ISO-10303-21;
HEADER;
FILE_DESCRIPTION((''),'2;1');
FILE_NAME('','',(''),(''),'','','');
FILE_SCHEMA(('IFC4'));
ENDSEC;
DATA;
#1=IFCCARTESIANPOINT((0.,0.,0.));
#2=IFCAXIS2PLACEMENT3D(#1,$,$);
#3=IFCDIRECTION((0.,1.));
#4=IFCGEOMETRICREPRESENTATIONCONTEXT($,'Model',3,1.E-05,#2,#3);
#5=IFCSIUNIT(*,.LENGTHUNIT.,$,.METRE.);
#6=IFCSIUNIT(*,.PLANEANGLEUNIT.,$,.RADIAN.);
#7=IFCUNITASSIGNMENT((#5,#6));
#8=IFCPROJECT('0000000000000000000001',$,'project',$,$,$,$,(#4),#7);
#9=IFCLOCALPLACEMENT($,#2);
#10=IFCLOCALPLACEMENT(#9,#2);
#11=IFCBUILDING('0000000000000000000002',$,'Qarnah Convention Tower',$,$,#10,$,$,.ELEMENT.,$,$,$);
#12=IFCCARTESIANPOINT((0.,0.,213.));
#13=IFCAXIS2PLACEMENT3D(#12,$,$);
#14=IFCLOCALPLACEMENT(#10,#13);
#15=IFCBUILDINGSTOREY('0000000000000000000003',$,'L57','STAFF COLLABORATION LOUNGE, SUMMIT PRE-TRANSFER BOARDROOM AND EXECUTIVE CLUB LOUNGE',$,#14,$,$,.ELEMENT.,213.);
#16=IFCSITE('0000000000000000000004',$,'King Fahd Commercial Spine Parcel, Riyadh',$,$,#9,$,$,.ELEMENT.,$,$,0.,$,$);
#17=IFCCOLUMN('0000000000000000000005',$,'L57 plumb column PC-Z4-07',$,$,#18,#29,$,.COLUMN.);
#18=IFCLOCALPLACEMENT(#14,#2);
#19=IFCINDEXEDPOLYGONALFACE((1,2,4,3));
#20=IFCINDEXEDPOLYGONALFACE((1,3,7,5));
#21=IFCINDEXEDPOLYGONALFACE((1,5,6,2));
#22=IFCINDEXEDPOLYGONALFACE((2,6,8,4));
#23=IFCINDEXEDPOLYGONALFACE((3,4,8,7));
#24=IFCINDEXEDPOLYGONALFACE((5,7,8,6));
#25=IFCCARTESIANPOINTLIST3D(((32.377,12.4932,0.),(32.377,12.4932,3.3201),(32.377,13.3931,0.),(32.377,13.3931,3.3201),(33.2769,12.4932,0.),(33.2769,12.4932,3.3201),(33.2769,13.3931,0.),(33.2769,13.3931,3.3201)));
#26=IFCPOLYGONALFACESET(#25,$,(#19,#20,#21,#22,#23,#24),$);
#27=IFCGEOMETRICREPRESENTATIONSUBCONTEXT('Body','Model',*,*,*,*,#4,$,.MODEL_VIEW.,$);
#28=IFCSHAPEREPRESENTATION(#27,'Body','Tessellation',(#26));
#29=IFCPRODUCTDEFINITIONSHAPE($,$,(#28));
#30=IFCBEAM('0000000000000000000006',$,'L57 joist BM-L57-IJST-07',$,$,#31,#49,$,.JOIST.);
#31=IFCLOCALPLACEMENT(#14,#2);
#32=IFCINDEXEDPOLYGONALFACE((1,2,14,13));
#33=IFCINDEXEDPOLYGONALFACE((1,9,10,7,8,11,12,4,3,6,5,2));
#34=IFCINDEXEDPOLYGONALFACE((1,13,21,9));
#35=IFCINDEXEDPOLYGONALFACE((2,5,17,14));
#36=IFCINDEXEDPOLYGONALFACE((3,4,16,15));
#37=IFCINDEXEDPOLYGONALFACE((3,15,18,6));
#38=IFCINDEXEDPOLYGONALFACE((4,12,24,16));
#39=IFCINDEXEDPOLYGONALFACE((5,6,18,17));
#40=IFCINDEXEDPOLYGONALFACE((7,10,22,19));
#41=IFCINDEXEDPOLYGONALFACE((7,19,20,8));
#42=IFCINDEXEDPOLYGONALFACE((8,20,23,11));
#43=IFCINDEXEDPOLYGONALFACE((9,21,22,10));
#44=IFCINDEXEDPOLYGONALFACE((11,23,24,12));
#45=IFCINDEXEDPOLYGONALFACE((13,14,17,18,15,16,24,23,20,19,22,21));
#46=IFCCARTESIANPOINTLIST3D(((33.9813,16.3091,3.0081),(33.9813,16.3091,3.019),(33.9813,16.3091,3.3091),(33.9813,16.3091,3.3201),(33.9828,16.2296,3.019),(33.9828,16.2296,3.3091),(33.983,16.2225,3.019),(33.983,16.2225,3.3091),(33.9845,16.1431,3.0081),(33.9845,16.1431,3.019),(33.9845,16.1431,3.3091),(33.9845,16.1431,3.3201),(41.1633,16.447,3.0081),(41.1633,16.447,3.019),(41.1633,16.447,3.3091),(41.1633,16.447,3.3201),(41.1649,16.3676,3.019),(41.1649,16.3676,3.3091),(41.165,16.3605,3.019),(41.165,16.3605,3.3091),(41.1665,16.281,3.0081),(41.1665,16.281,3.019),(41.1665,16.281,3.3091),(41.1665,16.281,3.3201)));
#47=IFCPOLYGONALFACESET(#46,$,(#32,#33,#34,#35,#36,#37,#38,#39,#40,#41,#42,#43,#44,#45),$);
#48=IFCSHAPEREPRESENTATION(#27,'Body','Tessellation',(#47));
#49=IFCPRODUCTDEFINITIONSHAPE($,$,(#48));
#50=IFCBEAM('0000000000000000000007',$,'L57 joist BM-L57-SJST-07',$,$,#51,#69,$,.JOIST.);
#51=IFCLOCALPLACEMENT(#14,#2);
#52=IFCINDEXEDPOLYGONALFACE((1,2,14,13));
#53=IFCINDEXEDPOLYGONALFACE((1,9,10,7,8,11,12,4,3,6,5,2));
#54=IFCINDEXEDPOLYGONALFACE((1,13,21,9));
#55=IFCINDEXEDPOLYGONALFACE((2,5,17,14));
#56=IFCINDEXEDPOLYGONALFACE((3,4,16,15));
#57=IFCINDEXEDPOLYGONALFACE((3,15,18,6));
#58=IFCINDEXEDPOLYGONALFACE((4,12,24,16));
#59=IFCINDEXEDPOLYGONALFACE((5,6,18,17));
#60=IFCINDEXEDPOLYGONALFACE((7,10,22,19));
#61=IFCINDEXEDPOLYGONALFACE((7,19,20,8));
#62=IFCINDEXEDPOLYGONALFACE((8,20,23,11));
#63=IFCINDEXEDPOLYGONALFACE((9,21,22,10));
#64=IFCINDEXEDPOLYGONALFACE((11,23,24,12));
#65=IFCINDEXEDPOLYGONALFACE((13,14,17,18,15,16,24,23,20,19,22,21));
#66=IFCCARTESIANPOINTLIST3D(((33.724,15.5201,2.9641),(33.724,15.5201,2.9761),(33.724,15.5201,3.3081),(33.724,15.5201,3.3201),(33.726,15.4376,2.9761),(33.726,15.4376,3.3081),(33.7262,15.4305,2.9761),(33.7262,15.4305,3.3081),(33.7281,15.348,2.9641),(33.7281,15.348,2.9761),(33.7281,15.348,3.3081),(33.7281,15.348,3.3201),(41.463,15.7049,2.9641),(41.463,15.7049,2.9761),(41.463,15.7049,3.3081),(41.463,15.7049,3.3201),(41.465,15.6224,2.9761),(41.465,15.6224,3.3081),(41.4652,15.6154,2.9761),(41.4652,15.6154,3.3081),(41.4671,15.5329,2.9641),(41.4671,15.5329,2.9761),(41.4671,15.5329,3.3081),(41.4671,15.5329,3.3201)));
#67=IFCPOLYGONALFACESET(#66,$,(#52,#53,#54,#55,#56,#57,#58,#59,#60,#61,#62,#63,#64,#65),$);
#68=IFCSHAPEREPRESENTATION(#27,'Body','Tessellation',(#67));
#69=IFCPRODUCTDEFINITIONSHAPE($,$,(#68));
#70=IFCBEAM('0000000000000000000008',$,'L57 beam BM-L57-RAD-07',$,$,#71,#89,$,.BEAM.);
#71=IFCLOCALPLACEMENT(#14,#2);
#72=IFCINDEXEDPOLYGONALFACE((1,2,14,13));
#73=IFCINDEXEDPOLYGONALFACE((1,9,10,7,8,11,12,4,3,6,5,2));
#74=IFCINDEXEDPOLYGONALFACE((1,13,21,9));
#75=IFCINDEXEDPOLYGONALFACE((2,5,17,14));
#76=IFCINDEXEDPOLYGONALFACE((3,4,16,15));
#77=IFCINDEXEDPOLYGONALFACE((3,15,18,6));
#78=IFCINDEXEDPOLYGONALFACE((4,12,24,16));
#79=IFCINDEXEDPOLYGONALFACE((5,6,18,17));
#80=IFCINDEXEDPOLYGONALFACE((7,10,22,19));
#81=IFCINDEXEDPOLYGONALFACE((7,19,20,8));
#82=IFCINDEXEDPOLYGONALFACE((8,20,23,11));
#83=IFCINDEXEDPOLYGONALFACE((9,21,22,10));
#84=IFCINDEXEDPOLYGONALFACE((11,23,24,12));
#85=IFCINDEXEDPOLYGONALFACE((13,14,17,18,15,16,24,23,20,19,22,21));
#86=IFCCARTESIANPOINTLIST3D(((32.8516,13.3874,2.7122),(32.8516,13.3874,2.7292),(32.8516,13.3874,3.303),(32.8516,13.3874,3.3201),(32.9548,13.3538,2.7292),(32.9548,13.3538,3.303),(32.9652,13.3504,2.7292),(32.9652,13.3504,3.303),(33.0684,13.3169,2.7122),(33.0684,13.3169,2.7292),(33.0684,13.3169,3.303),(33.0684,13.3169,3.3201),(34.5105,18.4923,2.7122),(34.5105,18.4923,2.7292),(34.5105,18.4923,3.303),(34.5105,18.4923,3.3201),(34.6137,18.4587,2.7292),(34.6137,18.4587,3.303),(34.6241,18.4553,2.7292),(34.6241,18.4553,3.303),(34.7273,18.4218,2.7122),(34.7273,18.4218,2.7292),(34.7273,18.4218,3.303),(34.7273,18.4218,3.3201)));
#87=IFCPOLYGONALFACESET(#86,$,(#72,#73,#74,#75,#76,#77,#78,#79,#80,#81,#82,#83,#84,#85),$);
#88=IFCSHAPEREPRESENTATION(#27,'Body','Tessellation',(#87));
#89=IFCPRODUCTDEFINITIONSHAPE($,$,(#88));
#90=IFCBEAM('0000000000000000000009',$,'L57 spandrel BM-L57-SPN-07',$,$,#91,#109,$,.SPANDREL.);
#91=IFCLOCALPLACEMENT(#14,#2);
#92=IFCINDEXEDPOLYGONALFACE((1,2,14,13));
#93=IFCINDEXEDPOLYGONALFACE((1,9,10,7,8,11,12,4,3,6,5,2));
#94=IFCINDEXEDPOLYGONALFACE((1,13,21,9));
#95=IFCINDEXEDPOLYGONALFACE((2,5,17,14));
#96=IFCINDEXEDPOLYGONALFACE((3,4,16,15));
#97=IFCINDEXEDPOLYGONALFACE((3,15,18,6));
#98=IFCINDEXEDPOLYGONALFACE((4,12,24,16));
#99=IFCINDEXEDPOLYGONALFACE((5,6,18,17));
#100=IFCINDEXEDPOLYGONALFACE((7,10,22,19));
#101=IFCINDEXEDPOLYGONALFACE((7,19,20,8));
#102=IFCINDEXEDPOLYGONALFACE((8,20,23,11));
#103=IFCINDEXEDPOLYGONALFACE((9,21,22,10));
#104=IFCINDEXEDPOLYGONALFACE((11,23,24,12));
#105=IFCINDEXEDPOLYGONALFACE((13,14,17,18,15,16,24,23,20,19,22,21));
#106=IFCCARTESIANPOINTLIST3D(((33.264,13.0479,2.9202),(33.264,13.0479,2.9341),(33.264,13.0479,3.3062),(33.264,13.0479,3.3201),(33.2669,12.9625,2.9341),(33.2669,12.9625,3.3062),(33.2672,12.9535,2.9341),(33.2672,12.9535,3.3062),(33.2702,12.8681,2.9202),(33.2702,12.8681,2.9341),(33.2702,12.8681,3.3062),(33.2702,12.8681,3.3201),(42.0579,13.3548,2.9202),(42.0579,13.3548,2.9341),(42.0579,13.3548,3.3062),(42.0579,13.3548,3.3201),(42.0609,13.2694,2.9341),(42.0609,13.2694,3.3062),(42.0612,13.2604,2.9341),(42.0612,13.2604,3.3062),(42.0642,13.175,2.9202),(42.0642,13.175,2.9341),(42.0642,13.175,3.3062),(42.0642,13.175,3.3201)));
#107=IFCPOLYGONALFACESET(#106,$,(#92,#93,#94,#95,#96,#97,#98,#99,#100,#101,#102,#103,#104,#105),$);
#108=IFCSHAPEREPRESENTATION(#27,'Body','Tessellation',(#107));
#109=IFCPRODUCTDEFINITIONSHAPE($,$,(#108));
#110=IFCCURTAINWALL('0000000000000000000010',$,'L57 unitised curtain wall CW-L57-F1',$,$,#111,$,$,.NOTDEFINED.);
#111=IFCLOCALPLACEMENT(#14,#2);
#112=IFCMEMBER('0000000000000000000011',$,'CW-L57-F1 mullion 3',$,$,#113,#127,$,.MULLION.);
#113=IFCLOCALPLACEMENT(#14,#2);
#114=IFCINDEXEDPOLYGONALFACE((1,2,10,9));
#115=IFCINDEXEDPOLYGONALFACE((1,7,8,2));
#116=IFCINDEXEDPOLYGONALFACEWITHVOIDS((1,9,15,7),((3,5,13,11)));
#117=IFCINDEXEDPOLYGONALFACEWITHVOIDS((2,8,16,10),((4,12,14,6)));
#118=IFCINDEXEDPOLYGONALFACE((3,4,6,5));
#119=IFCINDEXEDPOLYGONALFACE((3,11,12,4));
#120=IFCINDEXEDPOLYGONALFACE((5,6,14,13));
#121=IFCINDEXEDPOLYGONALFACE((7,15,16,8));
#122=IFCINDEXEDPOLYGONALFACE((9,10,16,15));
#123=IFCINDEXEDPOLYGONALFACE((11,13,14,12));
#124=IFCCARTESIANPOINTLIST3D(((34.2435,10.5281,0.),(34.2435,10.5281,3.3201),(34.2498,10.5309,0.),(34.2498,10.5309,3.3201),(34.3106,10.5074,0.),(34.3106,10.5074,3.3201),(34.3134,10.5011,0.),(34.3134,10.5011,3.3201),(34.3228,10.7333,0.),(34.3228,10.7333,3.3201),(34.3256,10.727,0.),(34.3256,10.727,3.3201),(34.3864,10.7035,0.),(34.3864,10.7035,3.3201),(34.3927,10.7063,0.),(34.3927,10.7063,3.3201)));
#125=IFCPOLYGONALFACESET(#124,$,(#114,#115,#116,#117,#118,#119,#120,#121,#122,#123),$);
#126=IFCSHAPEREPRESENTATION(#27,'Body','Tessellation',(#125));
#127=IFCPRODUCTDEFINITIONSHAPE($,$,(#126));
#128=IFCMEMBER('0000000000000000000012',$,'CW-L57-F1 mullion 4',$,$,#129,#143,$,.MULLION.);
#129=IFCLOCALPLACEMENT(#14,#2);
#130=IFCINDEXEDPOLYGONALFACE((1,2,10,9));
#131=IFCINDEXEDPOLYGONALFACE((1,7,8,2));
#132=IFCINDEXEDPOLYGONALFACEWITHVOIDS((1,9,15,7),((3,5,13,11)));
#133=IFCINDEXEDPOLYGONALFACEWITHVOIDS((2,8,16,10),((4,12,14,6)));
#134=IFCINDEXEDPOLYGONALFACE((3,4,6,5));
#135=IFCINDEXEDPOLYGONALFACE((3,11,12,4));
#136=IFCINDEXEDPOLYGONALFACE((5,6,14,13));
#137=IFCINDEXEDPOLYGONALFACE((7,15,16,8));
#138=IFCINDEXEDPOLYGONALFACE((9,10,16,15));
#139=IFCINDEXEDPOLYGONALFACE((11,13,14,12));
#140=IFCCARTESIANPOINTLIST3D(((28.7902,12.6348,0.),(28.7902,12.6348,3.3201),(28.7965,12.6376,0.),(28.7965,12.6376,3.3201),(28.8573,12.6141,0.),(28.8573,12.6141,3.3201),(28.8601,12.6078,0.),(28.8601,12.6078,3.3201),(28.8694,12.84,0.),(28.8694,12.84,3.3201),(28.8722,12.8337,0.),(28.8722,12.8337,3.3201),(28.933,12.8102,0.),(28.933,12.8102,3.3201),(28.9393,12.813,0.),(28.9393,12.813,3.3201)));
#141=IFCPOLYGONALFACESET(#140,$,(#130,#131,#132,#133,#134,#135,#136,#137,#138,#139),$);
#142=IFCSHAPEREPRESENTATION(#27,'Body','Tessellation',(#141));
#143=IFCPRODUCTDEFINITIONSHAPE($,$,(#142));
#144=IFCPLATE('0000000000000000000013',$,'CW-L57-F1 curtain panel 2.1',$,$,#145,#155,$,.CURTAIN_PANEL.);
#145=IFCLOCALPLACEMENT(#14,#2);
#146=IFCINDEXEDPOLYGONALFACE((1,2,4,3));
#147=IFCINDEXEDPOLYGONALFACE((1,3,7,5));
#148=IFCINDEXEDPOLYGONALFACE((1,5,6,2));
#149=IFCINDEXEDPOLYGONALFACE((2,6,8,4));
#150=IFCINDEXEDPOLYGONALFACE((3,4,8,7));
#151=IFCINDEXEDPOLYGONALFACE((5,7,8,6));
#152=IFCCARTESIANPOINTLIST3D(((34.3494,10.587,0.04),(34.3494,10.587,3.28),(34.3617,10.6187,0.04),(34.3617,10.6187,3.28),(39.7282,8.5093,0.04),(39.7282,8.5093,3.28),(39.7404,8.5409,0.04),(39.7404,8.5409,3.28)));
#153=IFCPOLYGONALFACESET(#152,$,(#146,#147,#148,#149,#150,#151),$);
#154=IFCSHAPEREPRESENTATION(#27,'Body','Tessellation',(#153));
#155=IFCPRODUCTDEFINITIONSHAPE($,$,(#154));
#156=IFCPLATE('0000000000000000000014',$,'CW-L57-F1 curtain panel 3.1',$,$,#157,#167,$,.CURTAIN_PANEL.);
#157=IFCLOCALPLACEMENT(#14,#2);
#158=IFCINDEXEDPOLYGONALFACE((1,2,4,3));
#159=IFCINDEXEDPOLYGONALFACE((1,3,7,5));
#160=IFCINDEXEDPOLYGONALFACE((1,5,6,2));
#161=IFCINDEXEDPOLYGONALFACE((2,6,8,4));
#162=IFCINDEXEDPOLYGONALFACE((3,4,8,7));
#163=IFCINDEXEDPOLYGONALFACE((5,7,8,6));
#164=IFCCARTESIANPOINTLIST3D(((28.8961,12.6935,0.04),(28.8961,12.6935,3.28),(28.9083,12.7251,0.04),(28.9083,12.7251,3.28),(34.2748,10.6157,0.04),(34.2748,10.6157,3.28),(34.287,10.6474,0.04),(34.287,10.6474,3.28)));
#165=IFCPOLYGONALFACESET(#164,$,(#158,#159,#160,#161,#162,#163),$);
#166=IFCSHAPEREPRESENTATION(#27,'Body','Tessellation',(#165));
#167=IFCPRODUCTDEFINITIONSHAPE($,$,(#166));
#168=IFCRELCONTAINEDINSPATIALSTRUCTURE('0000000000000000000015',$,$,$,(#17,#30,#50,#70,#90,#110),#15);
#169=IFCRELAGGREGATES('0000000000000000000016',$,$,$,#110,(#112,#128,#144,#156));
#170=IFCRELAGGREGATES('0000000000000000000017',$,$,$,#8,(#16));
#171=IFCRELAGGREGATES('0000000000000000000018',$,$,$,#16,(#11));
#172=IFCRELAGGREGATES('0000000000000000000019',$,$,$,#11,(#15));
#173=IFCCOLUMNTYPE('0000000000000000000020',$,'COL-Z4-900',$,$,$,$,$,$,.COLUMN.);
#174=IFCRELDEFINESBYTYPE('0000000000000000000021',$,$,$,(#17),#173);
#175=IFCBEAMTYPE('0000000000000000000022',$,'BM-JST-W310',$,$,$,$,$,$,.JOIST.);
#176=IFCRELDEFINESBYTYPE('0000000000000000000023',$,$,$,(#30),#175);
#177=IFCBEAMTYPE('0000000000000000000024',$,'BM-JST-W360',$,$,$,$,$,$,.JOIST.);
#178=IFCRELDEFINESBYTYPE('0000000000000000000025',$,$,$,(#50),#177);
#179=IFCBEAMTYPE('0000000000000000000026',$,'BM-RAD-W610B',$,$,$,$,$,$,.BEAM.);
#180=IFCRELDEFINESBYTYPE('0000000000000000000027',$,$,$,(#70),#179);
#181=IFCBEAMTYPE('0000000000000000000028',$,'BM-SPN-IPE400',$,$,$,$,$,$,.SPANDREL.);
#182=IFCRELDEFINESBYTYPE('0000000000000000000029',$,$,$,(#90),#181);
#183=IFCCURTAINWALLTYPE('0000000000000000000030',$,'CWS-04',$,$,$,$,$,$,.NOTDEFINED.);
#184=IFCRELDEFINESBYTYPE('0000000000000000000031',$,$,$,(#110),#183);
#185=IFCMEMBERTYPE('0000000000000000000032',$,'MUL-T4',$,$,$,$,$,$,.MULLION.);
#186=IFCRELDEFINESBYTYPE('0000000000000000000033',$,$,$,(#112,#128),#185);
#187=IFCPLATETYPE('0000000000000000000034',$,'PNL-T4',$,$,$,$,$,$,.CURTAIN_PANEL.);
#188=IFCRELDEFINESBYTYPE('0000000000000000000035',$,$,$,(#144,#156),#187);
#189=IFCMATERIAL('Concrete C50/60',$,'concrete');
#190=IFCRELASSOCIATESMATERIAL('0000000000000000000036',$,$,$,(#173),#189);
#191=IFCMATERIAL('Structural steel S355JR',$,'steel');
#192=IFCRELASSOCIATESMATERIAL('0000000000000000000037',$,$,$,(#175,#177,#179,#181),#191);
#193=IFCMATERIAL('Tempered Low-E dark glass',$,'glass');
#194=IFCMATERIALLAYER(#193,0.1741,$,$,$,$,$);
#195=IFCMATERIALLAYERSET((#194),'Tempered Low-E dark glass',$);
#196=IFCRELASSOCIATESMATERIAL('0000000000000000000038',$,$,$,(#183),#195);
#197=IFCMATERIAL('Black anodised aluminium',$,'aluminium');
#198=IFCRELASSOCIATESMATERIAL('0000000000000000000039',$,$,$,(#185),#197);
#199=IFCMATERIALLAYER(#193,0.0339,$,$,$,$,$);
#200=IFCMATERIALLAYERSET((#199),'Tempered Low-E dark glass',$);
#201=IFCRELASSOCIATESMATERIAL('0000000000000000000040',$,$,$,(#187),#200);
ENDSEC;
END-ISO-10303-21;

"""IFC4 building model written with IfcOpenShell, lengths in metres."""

from ifc_helpers import new_model, si_unit, direction, frame, origin, origin_2d, place, context, subcontext, project, spatial, rectangle, hollow_rectangle, i_section, extrude, material, layer, layer_set, material_profile, profile_set, type_object, element, aggregate, save


model = new_model("IFC4")

# Units and contexts
model_context = context("Model", 3, precision=1e-05, world=origin(), true_north=direction((0.0, 1.0)))
body_context = subcontext(model_context, "Body", "Model", "MODEL_VIEW")
ifc_project = project(units=[si_unit("LENGTHUNIT", "METRE"), si_unit("PLANEANGLEUNIT", "RADIAN")], contexts=[model_context])

# Site, building, storey
site_placement = place(None, origin())
site = spatial("IfcSite", under=ifc_project, at=site_placement, Name="King Fahd Commercial Spine Parcel, Riyadh", CompositionType="ELEMENT", RefElevation=0.0)
building_placement = place(site_placement, origin())
building = spatial("IfcBuilding", under=site, at=building_placement, Name="Qarnah Convention Tower", CompositionType="ELEMENT")
storey_placement = place(building_placement, frame((0.0, 0.0, 213.0)))
storey = spatial("IfcBuildingStorey", under=building, at=storey_placement, Name="L57", Description="STAFF COLLABORATION LOUNGE, SUMMIT PRE-TRANSFER BOARDROOM AND EXECUTIVE CLUB LOUNGE", CompositionType="ELEMENT", Elevation=213.0)

# Column
ifc_material_1 = material(Name="Concrete C50/60", Category="concrete")
ifc_material_profile_1 = material_profile(ifc_material_1, rectangle(XDim=0.8999, YDim=0.8999, at=origin_2d()), Name="RC-COL-900X900")
ifc_profile_set_1 = profile_set([ifc_material_profile_1], Name="Concrete C50/60")
column_type = type_object("IfcColumnType", Name="COL-Z4-900", PredefinedType="COLUMN", material=ifc_profile_set_1)
column_placement = place(storey_placement, frame((32.8269, 12.9431, 0.0), z_axis=(0.0, 0.0, 1.0), x_axis=(1.0, 0.0, 0.0)))
element("IfcColumn", 1, at=column_placement, inside=storey, type_object=column_type, Name="L57 plumb column PC-Z4-07", PredefinedType="COLUMN", context=body_context, shape_type="SweptSolid", body=[
    extrude(rectangle(XDim=0.8999, YDim=0.8999, at=origin_2d()), origin(), (0.0, 0.0, 1.0), 3.3201),
])

# Beams
ifc_material_2 = material(Name="Structural steel S355JR", Category="steel")
ifc_material_profile_2 = material_profile(ifc_material_2, i_section(OverallWidth=0.166, OverallDepth=0.312, WebThickness=0.0071, FlangeThickness=0.011, at=origin_2d()), Name="W310X45")
ifc_profile_set_2 = profile_set([ifc_material_profile_2], Name="Structural steel S355JR")
beam_type_1 = type_object("IfcBeamType", Name="BM-JST-W310", PredefinedType="JOIST", material=ifc_profile_set_2)
beam_1_placement = place(storey_placement, frame((33.9829, 16.2261, 3.1641), z_axis=(0.999816, 0.019202, 0.0), x_axis=(-0.019202, 0.999816, 0.0)))
element("IfcBeam", 2, at=beam_1_placement, inside=storey, type_object=beam_type_1, Name="L57 joist BM-L57-IJST-07", PredefinedType="JOIST", context=body_context, shape_type="SweptSolid", body=[
    extrude(i_section(OverallWidth=0.166, OverallDepth=0.312, WebThickness=0.0071, FlangeThickness=0.011, at=origin_2d()), origin(), (0.0, 0.0, 1.0), 7.1833),
])
ifc_material_profile_3 = material_profile(ifc_material_2, i_section(OverallWidth=0.1721, OverallDepth=0.356, WebThickness=0.0071, FlangeThickness=0.012, at=origin_2d()), Name="W360X51")
ifc_profile_set_3 = profile_set([ifc_material_profile_3], Name="Structural steel S355JR")
beam_type_2 = type_object("IfcBeamType", Name="BM-JST-W360", PredefinedType="JOIST", material=ifc_profile_set_3)
beam_2_placement = place(storey_placement, frame((33.7261, 15.4341, 3.1421), z_axis=(0.999715, 0.023874, 0.0), x_axis=(-0.023874, 0.999715, 0.0)))
element("IfcBeam", 3, at=beam_2_placement, inside=storey, type_object=beam_type_2, Name="L57 joist BM-L57-SJST-07", PredefinedType="JOIST", context=body_context, shape_type="SweptSolid", body=[
    extrude(i_section(OverallWidth=0.1721, OverallDepth=0.356, WebThickness=0.0071, FlangeThickness=0.012, at=origin_2d()), origin(), (0.0, 0.0, 1.0), 7.7412),
])
ifc_material_profile_4 = material_profile(ifc_material_2, i_section(OverallWidth=0.228, OverallDepth=0.6079, WebThickness=0.011, FlangeThickness=0.0171, at=origin_2d()), Name="W610X113")
ifc_profile_set_4 = profile_set([ifc_material_profile_4], Name="Structural steel S355JR")
beam_type_3 = type_object("IfcBeamType", Name="BM-RAD-W610B", PredefinedType="BEAM", material=ifc_profile_set_4)
beam_3_placement = place(storey_placement, frame((34.6189, 18.457, 3.0161), z_axis=(-0.309055, -0.951044, 0.0), x_axis=(0.951044, -0.309055, 0.0)))
element("IfcBeam", 4, at=beam_3_placement, inside=storey, type_object=beam_type_3, Name="L57 beam BM-L57-RAD-07", PredefinedType="BEAM", context=body_context, shape_type="SweptSolid", body=[
    extrude(i_section(OverallWidth=0.228, OverallDepth=0.6079, WebThickness=0.011, FlangeThickness=0.0171, at=origin_2d()), origin(), (0.0, 0.0, 1.0), 5.3677),
])
ifc_material_profile_5 = material_profile(ifc_material_2, i_section(OverallWidth=0.1799, OverallDepth=0.3999, WebThickness=0.009, FlangeThickness=0.0139, at=origin_2d()), Name="IPE400")
ifc_profile_set_5 = profile_set([ifc_material_profile_5], Name="Structural steel S355JR")
beam_type_4 = type_object("IfcBeamType", Name="BM-SPN-IPE400", PredefinedType="SPANDREL", material=ifc_profile_set_5)
beam_4_placement = place(storey_placement, frame((33.2671, 12.958, 3.1201), z_axis=(0.999392, 0.034876, 0.0), x_axis=(-0.034876, 0.999392, 0.0)))
element("IfcBeam", 5, at=beam_4_placement, inside=storey, type_object=beam_type_4, Name="L57 spandrel BM-L57-SPN-07", PredefinedType="SPANDREL", context=body_context, shape_type="SweptSolid", body=[
    extrude(i_section(OverallWidth=0.1799, OverallDepth=0.3999, WebThickness=0.009, FlangeThickness=0.0139, at=origin_2d()), origin(), (0.0, 0.0, 1.0), 8.7993),
])

# Curtain wall, members, plates
ifc_material_3 = material(Name="Tempered Low-E dark glass", Category="glass")
ifc_layer_1 = layer(ifc_material_3, 0.1741)
ifc_layer_set_1 = layer_set([ifc_layer_1], Name="Tempered Low-E dark glass")
curtain_wall_type = type_object("IfcCurtainWallType", Name="CWS-04", PredefinedType="NOTDEFINED", material=ifc_layer_set_1)
curtain_wall_placement = place(storey_placement, origin())
curtain_wall = element("IfcCurtainWall", 6, at=curtain_wall_placement, inside=storey, type_object=curtain_wall_type, Name="L57 unitised curtain wall CW-L57-F1", PredefinedType="NOTDEFINED")
ifc_material_4 = material(Name="Black anodised aluminium", Category="aluminium")
ifc_material_profile_6 = material_profile(ifc_material_4, hollow_rectangle(XDim=0.075, YDim=0.22, WallThickness=0.0049, at=origin_2d()), Name="MUL-75X220")
ifc_profile_set_6 = profile_set([ifc_material_profile_6], Name="Black anodised aluminium")
member_type = type_object("IfcMemberType", Name="MUL-T4", PredefinedType="MULLION", material=ifc_profile_set_6)
member_1_placement = place(storey_placement, frame((34.3181, 10.6172, 0.0), z_axis=(0.0, 0.0, 1.0), x_axis=(-0.932821, 0.36034, 0.0)))
member_1 = element("IfcMember", 7, at=member_1_placement, type_object=member_type, Name="CW-L57-F1 mullion 3", PredefinedType="MULLION", context=body_context, shape_type="SweptSolid", body=[
    extrude(hollow_rectangle(XDim=0.075, YDim=0.22, WallThickness=0.0049, at=origin_2d()), origin(), (0.0, 0.0, 1.0), 3.3201),
])
member_2_placement = place(storey_placement, frame((28.8647, 12.7239, 0.0), z_axis=(0.0, 0.0, 1.0), x_axis=(-0.932821, 0.36034, 0.0)))
member_2 = element("IfcMember", 8, at=member_2_placement, type_object=member_type, Name="CW-L57-F1 mullion 4", PredefinedType="MULLION", context=body_context, shape_type="SweptSolid", body=[
    extrude(hollow_rectangle(XDim=0.075, YDim=0.22, WallThickness=0.0049, at=origin_2d()), origin(), (0.0, 0.0, 1.0), 3.3201),
])
ifc_layer_2 = layer(ifc_material_3, 0.0339)
ifc_layer_set_2 = layer_set([ifc_layer_2], Name="Tempered Low-E dark glass")
plate_type = type_object("IfcPlateType", Name="PNL-T4", PredefinedType="CURTAIN_PANEL", material=ifc_layer_set_2)
plate_1_placement = place(storey_placement, frame((37.0449, 9.564, 0.04), z_axis=(0.0, 0.0, 1.0), x_axis=(-0.932821, 0.36034, 0.0)))
plate_1 = element("IfcPlate", 9, at=plate_1_placement, type_object=plate_type, Name="CW-L57-F1 curtain panel 2.1", PredefinedType="CURTAIN_PANEL", context=body_context, shape_type="SweptSolid", body=[
    extrude(rectangle(XDim=5.7661, YDim=0.0339, at=origin_2d()), origin(), (0.0, 0.0, 1.0), 3.24),
])
plate_2_placement = place(storey_placement, frame((31.5916, 11.6704, 0.04), z_axis=(0.0, 0.0, 1.0), x_axis=(-0.932821, 0.36034, 0.0)))
plate_2 = element("IfcPlate", 10, at=plate_2_placement, type_object=plate_type, Name="CW-L57-F1 curtain panel 3.1", PredefinedType="CURTAIN_PANEL", context=body_context, shape_type="SweptSolid", body=[
    extrude(rectangle(XDim=5.7661, YDim=0.0339, at=origin_2d()), origin(), (0.0, 0.0, 1.0), 3.24),
])
aggregate(curtain_wall, [member_1, member_2, plate_1, plate_2])

save(model, "model.ifc")
